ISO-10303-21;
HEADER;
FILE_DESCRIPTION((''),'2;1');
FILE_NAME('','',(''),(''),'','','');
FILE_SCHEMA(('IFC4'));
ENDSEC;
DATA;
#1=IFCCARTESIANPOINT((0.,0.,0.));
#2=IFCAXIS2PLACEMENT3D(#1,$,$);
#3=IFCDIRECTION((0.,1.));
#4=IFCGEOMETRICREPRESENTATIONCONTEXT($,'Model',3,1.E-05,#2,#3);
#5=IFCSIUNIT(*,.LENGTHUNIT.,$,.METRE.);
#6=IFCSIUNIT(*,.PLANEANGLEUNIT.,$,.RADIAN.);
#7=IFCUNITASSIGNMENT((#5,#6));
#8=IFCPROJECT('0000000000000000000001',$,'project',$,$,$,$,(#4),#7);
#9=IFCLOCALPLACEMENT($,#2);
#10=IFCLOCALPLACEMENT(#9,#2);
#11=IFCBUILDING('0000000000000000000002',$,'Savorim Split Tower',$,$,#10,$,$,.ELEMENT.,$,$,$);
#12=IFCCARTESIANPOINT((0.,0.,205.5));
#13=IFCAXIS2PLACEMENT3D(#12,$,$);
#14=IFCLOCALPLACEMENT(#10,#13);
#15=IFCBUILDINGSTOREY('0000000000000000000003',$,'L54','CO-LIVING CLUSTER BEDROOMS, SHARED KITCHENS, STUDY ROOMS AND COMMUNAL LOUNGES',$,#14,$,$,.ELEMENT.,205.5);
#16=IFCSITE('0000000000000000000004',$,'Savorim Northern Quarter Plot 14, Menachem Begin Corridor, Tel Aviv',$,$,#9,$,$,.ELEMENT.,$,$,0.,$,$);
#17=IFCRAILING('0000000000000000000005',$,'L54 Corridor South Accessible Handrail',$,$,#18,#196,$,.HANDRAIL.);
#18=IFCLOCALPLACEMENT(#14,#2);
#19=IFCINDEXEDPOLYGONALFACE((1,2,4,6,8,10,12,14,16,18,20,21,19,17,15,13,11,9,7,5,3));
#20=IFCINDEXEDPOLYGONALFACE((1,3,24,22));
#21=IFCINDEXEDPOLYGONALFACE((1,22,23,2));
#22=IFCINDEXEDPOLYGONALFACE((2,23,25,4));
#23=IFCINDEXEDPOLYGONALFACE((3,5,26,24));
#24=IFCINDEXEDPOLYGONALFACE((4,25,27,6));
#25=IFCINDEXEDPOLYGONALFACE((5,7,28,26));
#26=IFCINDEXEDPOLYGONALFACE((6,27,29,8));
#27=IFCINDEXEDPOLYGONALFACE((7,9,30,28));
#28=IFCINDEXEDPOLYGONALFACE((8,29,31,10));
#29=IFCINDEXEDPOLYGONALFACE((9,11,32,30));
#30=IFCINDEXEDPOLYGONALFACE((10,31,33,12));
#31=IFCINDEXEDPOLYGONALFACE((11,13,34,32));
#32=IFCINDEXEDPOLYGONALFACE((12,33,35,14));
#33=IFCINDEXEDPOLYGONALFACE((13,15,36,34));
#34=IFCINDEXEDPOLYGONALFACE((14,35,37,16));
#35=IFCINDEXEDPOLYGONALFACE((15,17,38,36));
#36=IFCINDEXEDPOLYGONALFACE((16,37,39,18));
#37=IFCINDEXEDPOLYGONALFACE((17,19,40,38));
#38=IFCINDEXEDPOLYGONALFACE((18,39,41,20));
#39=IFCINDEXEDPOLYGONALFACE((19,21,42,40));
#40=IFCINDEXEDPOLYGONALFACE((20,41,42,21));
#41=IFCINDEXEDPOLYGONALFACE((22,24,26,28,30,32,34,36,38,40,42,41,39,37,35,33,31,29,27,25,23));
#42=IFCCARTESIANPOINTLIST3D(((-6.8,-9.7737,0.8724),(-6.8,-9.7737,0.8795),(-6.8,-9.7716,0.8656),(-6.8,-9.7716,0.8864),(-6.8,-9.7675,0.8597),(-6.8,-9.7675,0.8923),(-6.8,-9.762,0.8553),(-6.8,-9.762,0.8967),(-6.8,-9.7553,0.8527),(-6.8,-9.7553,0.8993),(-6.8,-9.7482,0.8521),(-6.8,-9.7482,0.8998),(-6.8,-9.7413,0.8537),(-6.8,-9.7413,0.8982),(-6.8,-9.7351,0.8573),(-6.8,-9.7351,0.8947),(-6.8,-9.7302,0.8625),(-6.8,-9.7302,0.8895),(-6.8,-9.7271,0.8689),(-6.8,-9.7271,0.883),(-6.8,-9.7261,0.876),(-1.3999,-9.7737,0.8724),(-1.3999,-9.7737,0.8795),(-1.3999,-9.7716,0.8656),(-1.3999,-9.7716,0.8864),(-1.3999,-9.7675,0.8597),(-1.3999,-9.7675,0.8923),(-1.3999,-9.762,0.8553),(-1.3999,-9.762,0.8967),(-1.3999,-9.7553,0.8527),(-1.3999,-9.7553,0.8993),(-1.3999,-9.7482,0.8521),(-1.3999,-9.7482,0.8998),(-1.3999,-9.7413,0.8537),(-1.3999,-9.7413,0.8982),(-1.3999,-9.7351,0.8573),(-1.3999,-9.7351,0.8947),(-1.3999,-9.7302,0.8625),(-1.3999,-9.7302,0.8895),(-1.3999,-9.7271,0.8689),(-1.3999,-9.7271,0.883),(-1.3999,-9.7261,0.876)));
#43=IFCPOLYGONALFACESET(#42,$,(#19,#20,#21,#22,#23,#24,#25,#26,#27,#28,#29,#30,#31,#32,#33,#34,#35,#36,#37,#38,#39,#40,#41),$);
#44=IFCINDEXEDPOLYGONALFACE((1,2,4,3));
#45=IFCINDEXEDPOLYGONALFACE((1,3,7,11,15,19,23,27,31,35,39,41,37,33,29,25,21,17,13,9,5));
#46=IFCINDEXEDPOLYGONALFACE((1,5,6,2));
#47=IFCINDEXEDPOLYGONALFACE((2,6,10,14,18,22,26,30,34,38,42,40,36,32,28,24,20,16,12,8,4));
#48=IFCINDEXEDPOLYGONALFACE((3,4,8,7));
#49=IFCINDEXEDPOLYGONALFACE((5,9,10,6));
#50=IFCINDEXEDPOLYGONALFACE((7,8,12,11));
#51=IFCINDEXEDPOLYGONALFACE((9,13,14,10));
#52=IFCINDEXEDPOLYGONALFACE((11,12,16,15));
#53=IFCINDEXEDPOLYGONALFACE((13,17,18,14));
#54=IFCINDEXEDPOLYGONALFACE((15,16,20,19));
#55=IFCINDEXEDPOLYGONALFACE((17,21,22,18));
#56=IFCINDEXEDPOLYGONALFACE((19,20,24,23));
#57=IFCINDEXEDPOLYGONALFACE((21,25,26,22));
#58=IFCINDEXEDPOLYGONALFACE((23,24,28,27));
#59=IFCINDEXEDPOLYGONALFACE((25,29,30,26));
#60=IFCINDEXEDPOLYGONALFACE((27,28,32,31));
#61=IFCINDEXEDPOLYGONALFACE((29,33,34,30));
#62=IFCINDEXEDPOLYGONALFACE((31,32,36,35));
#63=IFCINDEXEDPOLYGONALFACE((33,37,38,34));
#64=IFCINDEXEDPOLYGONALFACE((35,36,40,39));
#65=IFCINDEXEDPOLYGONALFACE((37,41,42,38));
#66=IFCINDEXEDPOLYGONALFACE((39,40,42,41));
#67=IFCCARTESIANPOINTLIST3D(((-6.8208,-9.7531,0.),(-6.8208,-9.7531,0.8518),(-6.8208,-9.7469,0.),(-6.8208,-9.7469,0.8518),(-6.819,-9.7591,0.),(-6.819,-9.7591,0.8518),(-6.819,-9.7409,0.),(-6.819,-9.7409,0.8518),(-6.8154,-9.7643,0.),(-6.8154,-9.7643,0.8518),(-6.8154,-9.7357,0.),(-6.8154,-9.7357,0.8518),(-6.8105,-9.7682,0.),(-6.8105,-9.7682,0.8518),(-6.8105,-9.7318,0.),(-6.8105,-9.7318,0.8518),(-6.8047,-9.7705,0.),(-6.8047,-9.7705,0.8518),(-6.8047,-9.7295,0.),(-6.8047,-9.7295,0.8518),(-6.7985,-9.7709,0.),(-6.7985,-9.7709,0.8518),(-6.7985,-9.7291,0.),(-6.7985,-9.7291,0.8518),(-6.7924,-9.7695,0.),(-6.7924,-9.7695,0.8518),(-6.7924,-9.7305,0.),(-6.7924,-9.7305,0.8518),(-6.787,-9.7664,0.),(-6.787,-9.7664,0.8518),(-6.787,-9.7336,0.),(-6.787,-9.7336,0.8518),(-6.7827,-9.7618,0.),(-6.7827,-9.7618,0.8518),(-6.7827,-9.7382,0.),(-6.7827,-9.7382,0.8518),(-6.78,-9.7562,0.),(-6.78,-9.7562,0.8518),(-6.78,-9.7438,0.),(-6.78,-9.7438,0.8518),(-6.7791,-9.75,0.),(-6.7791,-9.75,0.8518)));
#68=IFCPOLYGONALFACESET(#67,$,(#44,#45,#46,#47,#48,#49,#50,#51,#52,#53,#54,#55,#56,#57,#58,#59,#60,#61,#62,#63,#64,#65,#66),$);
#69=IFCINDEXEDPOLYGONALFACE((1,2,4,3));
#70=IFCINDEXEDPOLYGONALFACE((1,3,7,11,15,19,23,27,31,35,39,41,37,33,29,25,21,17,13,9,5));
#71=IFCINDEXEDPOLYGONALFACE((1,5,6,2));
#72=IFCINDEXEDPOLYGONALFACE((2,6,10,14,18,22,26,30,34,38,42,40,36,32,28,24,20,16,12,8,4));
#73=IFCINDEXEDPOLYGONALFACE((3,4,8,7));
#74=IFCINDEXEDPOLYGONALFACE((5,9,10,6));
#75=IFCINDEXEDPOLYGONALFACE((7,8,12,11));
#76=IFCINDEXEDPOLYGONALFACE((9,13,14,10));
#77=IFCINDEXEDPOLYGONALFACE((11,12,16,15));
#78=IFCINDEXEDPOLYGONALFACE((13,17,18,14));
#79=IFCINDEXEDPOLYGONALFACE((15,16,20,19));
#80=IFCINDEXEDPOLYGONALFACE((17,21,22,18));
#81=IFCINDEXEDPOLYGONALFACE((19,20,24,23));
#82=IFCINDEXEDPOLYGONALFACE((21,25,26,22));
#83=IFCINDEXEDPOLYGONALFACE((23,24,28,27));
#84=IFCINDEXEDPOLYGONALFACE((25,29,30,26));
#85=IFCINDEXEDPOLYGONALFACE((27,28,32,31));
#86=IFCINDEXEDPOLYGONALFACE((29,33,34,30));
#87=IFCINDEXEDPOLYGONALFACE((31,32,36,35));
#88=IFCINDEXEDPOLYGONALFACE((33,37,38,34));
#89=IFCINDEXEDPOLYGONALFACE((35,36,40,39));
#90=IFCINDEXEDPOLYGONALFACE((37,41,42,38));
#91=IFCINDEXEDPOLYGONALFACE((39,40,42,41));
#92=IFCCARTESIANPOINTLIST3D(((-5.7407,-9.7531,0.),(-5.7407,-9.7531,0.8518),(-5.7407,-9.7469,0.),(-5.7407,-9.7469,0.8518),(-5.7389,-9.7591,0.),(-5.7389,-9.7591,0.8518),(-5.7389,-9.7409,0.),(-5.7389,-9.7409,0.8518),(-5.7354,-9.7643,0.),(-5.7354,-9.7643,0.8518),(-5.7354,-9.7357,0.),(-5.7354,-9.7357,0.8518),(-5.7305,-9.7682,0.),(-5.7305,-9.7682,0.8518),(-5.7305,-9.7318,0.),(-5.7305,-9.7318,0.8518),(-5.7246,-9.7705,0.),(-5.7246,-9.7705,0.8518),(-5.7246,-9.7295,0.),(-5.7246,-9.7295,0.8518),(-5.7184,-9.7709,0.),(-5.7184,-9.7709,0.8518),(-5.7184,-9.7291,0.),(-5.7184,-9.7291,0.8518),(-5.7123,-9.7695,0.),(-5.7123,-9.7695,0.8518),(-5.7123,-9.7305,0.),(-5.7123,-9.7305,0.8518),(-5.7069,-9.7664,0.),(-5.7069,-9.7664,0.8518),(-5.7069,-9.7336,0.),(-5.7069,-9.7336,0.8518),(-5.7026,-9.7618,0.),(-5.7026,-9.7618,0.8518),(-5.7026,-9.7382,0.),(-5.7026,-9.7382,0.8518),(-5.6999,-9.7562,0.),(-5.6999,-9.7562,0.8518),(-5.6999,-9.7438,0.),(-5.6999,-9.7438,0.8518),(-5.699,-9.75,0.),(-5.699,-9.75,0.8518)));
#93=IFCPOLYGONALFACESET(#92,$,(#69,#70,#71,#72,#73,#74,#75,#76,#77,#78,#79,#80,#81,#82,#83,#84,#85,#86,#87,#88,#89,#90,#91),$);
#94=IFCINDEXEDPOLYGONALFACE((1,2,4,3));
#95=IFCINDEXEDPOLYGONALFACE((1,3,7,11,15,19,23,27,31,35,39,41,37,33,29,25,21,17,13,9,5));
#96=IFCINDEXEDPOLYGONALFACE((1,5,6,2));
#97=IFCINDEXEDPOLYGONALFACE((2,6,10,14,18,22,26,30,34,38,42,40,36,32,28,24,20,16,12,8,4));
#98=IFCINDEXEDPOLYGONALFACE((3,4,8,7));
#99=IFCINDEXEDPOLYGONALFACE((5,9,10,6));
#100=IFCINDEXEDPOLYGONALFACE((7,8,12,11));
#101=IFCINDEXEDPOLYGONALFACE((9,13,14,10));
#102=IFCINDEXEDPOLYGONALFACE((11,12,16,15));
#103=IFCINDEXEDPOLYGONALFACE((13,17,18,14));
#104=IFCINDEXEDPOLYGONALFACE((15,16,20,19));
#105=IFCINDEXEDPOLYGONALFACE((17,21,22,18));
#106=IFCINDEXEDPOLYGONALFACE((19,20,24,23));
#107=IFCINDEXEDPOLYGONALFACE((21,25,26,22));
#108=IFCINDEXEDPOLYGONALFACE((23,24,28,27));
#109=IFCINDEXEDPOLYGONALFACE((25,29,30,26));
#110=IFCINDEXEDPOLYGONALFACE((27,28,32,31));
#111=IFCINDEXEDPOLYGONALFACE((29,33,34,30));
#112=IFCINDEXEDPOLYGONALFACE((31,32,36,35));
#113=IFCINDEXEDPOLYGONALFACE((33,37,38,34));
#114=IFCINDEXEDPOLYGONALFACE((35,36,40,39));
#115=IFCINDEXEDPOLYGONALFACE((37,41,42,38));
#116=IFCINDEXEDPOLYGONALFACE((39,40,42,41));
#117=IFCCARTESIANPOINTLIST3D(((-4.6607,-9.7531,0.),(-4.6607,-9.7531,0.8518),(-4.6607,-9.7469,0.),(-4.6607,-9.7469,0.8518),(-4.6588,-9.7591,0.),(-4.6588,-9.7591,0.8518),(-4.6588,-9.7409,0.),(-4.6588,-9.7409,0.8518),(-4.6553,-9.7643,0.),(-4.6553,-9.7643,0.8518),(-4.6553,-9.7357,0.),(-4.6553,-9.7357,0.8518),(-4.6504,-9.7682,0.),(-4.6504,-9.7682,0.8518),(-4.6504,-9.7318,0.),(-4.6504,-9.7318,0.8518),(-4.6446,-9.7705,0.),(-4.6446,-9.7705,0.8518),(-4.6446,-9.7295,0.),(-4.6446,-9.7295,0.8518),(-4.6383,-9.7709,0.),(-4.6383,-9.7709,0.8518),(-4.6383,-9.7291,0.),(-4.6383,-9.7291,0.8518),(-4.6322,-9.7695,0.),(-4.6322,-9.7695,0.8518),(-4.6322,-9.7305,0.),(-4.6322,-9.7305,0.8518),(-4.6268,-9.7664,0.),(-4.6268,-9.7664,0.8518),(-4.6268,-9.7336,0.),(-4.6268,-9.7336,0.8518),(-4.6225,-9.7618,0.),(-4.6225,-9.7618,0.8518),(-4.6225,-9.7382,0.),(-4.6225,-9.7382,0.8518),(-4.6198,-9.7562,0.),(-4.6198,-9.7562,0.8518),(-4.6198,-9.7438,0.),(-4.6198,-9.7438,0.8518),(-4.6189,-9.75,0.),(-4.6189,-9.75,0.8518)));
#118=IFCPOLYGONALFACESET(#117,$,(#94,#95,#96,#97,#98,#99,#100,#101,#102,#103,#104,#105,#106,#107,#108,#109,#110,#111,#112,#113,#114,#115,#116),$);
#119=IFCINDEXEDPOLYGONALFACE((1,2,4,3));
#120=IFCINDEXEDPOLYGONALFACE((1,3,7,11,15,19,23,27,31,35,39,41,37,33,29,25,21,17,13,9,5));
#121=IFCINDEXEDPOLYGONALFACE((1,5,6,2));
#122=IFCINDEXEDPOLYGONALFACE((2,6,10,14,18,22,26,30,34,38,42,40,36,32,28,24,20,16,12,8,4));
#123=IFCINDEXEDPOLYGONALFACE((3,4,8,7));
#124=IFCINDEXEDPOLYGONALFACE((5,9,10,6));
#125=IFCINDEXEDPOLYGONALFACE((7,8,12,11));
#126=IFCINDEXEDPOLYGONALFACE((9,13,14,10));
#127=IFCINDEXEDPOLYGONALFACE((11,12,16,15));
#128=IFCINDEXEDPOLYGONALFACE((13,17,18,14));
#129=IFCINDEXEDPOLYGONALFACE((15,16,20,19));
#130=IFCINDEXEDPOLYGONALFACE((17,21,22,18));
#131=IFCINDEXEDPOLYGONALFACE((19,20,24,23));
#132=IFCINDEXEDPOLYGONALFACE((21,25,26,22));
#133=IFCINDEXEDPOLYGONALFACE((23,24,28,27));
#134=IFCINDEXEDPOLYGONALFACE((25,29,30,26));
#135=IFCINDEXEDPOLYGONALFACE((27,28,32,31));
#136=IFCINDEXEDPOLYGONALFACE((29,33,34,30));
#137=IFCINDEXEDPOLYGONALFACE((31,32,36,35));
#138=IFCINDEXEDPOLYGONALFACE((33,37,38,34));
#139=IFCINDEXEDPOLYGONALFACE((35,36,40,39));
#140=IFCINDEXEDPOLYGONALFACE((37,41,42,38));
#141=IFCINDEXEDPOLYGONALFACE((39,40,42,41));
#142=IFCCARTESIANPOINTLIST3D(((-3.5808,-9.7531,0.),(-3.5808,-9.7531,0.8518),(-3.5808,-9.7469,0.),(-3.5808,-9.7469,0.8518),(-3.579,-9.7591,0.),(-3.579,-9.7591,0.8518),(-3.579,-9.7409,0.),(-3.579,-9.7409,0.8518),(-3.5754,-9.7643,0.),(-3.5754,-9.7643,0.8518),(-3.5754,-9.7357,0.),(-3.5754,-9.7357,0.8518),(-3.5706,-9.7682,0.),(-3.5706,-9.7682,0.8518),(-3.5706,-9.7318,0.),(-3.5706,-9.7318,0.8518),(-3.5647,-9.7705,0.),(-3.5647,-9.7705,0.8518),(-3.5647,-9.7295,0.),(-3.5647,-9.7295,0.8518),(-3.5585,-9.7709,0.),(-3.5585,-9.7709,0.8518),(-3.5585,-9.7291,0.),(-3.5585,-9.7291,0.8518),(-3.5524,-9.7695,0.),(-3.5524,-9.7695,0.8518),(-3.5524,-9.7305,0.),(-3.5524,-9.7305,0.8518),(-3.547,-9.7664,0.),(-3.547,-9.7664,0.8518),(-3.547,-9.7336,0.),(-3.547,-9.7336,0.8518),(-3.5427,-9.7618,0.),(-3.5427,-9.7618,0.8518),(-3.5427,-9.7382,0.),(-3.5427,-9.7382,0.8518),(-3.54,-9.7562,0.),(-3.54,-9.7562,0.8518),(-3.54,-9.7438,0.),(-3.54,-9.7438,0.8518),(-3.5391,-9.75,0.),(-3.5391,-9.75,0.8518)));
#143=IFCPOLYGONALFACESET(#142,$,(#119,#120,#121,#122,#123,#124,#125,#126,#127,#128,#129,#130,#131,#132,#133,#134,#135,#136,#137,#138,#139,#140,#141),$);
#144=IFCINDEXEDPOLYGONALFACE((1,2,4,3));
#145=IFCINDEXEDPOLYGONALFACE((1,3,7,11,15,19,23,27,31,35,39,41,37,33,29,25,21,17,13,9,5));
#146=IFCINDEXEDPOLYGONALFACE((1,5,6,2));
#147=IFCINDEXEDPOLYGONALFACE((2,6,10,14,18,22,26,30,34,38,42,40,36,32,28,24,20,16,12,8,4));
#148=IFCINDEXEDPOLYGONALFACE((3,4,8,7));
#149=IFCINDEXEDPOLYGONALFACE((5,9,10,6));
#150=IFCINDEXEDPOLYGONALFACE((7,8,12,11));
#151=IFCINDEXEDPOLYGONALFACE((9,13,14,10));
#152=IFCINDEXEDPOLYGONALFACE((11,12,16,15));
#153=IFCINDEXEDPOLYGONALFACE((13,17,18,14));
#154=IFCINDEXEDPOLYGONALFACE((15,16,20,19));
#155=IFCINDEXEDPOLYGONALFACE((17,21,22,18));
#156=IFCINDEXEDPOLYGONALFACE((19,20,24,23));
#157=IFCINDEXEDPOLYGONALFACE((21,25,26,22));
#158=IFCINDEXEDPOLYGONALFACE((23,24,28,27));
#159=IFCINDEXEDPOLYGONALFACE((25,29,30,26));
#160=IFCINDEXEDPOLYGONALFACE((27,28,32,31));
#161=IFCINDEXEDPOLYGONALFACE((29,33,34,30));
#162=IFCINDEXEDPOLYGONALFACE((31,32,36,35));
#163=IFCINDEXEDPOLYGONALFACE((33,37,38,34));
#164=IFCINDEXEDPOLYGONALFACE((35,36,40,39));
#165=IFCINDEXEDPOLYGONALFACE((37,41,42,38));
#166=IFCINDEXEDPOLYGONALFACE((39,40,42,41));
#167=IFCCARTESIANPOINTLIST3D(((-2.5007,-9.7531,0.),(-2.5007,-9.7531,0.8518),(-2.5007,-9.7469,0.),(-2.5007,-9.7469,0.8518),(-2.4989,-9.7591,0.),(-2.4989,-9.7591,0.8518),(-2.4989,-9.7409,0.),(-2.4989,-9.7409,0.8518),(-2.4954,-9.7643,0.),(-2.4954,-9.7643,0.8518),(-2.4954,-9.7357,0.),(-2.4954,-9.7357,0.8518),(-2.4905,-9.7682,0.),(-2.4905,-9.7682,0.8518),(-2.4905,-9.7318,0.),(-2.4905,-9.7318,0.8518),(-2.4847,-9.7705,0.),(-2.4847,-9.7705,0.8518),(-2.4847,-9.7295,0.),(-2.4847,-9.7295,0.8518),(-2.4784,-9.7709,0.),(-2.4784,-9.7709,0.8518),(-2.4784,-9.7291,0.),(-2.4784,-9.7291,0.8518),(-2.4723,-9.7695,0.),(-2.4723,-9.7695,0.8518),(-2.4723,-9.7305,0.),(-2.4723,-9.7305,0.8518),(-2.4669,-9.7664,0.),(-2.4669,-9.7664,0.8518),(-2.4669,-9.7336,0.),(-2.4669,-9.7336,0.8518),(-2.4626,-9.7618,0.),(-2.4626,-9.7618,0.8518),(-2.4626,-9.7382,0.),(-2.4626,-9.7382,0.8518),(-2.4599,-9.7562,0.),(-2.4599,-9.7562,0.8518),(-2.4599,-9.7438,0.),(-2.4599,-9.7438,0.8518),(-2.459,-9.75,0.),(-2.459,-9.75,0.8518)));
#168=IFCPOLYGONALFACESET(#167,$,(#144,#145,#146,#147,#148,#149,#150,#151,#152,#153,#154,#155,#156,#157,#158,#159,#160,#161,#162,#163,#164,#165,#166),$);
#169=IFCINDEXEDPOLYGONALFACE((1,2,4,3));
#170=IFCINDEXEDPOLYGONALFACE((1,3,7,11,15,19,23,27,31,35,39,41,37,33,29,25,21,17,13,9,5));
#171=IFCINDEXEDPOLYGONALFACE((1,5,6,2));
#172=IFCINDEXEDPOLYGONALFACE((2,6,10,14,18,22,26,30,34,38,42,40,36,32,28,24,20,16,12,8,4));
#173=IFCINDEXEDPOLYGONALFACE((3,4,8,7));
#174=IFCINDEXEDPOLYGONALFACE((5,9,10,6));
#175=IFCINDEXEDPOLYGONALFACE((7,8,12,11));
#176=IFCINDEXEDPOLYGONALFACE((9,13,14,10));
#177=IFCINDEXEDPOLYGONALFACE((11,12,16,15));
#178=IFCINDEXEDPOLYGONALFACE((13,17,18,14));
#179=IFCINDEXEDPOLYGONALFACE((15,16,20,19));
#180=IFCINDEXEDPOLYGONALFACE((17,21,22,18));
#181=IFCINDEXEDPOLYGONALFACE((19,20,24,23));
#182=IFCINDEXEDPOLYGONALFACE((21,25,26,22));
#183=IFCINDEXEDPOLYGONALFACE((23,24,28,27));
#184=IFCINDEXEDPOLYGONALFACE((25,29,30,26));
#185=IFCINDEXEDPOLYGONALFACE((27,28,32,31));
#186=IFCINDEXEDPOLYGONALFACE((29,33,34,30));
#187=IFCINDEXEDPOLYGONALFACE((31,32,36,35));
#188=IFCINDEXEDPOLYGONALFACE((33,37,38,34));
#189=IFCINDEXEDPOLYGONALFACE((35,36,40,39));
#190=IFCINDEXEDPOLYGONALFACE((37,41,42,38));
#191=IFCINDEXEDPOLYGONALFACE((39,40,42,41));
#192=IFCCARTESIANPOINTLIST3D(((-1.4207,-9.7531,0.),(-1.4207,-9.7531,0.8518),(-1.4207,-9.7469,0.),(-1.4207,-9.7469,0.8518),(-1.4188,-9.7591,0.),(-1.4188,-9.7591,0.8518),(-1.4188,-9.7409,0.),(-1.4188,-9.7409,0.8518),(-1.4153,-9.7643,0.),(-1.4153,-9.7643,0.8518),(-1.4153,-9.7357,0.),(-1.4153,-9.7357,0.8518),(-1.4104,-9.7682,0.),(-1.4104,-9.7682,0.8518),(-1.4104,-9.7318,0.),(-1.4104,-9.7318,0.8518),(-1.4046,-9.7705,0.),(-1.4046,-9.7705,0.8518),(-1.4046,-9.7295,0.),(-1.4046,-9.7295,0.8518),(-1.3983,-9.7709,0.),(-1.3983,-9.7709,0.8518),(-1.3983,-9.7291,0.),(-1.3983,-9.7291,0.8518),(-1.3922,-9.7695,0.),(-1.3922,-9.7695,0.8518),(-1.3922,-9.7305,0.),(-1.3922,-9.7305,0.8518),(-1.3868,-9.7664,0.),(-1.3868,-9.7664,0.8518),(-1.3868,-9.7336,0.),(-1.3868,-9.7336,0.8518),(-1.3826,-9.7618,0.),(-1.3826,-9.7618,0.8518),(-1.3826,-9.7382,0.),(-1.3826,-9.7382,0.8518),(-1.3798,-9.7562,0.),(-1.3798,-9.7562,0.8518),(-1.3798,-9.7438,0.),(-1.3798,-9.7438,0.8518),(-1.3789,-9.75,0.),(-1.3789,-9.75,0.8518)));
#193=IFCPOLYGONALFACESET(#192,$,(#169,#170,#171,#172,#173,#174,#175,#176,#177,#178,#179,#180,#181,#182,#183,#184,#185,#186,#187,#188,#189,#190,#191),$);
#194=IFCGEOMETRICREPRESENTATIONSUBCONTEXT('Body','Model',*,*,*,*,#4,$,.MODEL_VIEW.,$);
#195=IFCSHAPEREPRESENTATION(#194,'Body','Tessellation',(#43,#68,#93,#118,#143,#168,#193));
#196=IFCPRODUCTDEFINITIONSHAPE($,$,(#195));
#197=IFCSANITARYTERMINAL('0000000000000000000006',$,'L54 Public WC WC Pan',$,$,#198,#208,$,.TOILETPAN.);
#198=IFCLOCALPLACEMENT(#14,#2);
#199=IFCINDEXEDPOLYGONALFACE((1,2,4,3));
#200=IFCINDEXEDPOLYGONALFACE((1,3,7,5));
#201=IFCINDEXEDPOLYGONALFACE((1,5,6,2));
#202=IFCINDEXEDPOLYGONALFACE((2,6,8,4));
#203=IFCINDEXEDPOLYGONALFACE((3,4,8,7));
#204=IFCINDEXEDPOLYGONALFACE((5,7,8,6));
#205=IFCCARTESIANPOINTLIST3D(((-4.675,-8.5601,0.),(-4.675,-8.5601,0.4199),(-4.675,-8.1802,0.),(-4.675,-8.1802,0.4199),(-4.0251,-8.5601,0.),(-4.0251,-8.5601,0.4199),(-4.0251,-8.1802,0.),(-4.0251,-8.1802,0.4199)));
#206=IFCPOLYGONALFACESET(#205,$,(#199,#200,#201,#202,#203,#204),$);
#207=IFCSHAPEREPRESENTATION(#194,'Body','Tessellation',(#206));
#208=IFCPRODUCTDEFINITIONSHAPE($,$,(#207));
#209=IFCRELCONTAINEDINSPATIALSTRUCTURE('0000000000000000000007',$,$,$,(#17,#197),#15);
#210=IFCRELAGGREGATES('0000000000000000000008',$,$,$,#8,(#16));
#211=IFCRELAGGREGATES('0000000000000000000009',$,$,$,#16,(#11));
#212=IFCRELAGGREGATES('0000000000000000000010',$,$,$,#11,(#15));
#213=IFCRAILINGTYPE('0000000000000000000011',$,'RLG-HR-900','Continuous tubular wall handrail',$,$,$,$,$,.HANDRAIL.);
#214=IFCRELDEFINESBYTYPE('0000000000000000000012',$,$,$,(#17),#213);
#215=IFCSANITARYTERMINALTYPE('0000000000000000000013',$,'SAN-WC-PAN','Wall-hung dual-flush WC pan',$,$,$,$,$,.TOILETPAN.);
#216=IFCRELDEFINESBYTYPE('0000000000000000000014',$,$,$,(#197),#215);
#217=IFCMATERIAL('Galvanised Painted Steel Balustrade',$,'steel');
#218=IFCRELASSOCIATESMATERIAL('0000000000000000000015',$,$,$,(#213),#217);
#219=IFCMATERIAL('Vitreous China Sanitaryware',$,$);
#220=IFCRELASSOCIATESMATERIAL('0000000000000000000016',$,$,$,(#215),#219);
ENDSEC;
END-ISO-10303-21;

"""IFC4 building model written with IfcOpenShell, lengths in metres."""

from ifc_helpers import new_model, si_unit, direction, frame, origin, origin_2d, place, context, subcontext, project, spatial, rectangle, circle, extrude, material, type_object, element, save


model = new_model("IFC4")

# Units and contexts
model_context = context("Model", 3, precision=1e-05, world=origin(), true_north=direction((0.0, 1.0)))
body_context = subcontext(model_context, "Body", "Model", "MODEL_VIEW")
ifc_project = project(units=[si_unit("LENGTHUNIT", "METRE"), si_unit("PLANEANGLEUNIT", "RADIAN")], contexts=[model_context])

# Site, building, storey
site_placement = place(None, origin())
site = spatial("IfcSite", under=ifc_project, at=site_placement, Name="Savorim Northern Quarter Plot 14, Menachem Begin Corridor, Tel Aviv", CompositionType="ELEMENT", RefElevation=0.0)
building_placement = place(site_placement, origin())
building = spatial("IfcBuilding", under=site, at=building_placement, Name="Savorim Split Tower", CompositionType="ELEMENT")
storey_placement = place(building_placement, frame((0.0, 0.0, 205.5)))
storey = spatial("IfcBuildingStorey", under=building, at=storey_placement, Name="L54", Description="CO-LIVING CLUSTER BEDROOMS, SHARED KITCHENS, STUDY ROOMS AND COMMUNAL LOUNGES", CompositionType="ELEMENT", Elevation=205.5)

# Railing
ifc_material_1 = material(Name="Galvanised Painted Steel Balustrade", Category="steel")
railing_type = type_object("IfcRailingType", Name="RLG-HR-900", Description="Continuous tubular wall handrail", PredefinedType="HANDRAIL", material=ifc_material_1)
railing_placement = place(storey_placement, frame((-6.8, -9.75, 0.0)))
element("IfcRailing", 1, at=railing_placement, inside=storey, type_object=railing_type, Name="L54 Corridor South Accessible Handrail", PredefinedType="HANDRAIL", context=body_context, shape_type="SweptSolid", body=[
    extrude(circle(Radius=0.0239, at=origin_2d()), frame((0.0, 0.0, 0.876), z_axis=(1.0, 0.0, 0.0), x_axis=(0.0, 1.0, 0.0)), (0.0, 0.0, 1.0), 5.4001),
    extrude(circle(Radius=0.021, at=origin_2d()), origin(), (0.0, 0.0, 1.0), 0.8518),
    extrude(circle(Radius=0.021, at=origin_2d()), frame((1.0801, 0.0, 0.0)), (0.0, 0.0, 1.0), 0.8518),
    extrude(circle(Radius=0.021, at=origin_2d()), frame((2.1602, 0.0, 0.0)), (0.0, 0.0, 1.0), 0.8518),
    extrude(circle(Radius=0.021, at=origin_2d()), frame((3.24, 0.0, 0.0)), (0.0, 0.0, 1.0), 0.8518),
    extrude(circle(Radius=0.021, at=origin_2d()), frame((4.3201, 0.0, 0.0)), (0.0, 0.0, 1.0), 0.8518),
    extrude(circle(Radius=0.021, at=origin_2d()), frame((5.4001, 0.0, 0.0)), (0.0, 0.0, 1.0), 0.8518),
])

# Sanitary terminal
ifc_material_2 = material(Name="Vitreous China Sanitaryware")
sanitary_terminal_type_1 = type_object("IfcSanitaryTerminalType", Name="SAN-WC-PAN", Description="Wall-hung dual-flush WC pan", PredefinedType="TOILETPAN", material=ifc_material_2)
sanitary_terminal_1_placement = place(storey_placement, frame((-4.3501, -8.3701, 0.0), z_axis=(0.0, 0.0, 1.0), x_axis=(1.0, 0.0, 0.0)))
element("IfcSanitaryTerminal", 2, at=sanitary_terminal_1_placement, inside=storey, type_object=sanitary_terminal_type_1, Name="L54 Public WC WC Pan", PredefinedType="TOILETPAN", context=body_context, shape_type="SweptSolid", body=[
    extrude(rectangle(XDim=0.6499, YDim=0.3799, at=origin_2d()), origin(), (0.0, 0.0, 1.0), 0.4199),
])

save(model, "model.ifc")
